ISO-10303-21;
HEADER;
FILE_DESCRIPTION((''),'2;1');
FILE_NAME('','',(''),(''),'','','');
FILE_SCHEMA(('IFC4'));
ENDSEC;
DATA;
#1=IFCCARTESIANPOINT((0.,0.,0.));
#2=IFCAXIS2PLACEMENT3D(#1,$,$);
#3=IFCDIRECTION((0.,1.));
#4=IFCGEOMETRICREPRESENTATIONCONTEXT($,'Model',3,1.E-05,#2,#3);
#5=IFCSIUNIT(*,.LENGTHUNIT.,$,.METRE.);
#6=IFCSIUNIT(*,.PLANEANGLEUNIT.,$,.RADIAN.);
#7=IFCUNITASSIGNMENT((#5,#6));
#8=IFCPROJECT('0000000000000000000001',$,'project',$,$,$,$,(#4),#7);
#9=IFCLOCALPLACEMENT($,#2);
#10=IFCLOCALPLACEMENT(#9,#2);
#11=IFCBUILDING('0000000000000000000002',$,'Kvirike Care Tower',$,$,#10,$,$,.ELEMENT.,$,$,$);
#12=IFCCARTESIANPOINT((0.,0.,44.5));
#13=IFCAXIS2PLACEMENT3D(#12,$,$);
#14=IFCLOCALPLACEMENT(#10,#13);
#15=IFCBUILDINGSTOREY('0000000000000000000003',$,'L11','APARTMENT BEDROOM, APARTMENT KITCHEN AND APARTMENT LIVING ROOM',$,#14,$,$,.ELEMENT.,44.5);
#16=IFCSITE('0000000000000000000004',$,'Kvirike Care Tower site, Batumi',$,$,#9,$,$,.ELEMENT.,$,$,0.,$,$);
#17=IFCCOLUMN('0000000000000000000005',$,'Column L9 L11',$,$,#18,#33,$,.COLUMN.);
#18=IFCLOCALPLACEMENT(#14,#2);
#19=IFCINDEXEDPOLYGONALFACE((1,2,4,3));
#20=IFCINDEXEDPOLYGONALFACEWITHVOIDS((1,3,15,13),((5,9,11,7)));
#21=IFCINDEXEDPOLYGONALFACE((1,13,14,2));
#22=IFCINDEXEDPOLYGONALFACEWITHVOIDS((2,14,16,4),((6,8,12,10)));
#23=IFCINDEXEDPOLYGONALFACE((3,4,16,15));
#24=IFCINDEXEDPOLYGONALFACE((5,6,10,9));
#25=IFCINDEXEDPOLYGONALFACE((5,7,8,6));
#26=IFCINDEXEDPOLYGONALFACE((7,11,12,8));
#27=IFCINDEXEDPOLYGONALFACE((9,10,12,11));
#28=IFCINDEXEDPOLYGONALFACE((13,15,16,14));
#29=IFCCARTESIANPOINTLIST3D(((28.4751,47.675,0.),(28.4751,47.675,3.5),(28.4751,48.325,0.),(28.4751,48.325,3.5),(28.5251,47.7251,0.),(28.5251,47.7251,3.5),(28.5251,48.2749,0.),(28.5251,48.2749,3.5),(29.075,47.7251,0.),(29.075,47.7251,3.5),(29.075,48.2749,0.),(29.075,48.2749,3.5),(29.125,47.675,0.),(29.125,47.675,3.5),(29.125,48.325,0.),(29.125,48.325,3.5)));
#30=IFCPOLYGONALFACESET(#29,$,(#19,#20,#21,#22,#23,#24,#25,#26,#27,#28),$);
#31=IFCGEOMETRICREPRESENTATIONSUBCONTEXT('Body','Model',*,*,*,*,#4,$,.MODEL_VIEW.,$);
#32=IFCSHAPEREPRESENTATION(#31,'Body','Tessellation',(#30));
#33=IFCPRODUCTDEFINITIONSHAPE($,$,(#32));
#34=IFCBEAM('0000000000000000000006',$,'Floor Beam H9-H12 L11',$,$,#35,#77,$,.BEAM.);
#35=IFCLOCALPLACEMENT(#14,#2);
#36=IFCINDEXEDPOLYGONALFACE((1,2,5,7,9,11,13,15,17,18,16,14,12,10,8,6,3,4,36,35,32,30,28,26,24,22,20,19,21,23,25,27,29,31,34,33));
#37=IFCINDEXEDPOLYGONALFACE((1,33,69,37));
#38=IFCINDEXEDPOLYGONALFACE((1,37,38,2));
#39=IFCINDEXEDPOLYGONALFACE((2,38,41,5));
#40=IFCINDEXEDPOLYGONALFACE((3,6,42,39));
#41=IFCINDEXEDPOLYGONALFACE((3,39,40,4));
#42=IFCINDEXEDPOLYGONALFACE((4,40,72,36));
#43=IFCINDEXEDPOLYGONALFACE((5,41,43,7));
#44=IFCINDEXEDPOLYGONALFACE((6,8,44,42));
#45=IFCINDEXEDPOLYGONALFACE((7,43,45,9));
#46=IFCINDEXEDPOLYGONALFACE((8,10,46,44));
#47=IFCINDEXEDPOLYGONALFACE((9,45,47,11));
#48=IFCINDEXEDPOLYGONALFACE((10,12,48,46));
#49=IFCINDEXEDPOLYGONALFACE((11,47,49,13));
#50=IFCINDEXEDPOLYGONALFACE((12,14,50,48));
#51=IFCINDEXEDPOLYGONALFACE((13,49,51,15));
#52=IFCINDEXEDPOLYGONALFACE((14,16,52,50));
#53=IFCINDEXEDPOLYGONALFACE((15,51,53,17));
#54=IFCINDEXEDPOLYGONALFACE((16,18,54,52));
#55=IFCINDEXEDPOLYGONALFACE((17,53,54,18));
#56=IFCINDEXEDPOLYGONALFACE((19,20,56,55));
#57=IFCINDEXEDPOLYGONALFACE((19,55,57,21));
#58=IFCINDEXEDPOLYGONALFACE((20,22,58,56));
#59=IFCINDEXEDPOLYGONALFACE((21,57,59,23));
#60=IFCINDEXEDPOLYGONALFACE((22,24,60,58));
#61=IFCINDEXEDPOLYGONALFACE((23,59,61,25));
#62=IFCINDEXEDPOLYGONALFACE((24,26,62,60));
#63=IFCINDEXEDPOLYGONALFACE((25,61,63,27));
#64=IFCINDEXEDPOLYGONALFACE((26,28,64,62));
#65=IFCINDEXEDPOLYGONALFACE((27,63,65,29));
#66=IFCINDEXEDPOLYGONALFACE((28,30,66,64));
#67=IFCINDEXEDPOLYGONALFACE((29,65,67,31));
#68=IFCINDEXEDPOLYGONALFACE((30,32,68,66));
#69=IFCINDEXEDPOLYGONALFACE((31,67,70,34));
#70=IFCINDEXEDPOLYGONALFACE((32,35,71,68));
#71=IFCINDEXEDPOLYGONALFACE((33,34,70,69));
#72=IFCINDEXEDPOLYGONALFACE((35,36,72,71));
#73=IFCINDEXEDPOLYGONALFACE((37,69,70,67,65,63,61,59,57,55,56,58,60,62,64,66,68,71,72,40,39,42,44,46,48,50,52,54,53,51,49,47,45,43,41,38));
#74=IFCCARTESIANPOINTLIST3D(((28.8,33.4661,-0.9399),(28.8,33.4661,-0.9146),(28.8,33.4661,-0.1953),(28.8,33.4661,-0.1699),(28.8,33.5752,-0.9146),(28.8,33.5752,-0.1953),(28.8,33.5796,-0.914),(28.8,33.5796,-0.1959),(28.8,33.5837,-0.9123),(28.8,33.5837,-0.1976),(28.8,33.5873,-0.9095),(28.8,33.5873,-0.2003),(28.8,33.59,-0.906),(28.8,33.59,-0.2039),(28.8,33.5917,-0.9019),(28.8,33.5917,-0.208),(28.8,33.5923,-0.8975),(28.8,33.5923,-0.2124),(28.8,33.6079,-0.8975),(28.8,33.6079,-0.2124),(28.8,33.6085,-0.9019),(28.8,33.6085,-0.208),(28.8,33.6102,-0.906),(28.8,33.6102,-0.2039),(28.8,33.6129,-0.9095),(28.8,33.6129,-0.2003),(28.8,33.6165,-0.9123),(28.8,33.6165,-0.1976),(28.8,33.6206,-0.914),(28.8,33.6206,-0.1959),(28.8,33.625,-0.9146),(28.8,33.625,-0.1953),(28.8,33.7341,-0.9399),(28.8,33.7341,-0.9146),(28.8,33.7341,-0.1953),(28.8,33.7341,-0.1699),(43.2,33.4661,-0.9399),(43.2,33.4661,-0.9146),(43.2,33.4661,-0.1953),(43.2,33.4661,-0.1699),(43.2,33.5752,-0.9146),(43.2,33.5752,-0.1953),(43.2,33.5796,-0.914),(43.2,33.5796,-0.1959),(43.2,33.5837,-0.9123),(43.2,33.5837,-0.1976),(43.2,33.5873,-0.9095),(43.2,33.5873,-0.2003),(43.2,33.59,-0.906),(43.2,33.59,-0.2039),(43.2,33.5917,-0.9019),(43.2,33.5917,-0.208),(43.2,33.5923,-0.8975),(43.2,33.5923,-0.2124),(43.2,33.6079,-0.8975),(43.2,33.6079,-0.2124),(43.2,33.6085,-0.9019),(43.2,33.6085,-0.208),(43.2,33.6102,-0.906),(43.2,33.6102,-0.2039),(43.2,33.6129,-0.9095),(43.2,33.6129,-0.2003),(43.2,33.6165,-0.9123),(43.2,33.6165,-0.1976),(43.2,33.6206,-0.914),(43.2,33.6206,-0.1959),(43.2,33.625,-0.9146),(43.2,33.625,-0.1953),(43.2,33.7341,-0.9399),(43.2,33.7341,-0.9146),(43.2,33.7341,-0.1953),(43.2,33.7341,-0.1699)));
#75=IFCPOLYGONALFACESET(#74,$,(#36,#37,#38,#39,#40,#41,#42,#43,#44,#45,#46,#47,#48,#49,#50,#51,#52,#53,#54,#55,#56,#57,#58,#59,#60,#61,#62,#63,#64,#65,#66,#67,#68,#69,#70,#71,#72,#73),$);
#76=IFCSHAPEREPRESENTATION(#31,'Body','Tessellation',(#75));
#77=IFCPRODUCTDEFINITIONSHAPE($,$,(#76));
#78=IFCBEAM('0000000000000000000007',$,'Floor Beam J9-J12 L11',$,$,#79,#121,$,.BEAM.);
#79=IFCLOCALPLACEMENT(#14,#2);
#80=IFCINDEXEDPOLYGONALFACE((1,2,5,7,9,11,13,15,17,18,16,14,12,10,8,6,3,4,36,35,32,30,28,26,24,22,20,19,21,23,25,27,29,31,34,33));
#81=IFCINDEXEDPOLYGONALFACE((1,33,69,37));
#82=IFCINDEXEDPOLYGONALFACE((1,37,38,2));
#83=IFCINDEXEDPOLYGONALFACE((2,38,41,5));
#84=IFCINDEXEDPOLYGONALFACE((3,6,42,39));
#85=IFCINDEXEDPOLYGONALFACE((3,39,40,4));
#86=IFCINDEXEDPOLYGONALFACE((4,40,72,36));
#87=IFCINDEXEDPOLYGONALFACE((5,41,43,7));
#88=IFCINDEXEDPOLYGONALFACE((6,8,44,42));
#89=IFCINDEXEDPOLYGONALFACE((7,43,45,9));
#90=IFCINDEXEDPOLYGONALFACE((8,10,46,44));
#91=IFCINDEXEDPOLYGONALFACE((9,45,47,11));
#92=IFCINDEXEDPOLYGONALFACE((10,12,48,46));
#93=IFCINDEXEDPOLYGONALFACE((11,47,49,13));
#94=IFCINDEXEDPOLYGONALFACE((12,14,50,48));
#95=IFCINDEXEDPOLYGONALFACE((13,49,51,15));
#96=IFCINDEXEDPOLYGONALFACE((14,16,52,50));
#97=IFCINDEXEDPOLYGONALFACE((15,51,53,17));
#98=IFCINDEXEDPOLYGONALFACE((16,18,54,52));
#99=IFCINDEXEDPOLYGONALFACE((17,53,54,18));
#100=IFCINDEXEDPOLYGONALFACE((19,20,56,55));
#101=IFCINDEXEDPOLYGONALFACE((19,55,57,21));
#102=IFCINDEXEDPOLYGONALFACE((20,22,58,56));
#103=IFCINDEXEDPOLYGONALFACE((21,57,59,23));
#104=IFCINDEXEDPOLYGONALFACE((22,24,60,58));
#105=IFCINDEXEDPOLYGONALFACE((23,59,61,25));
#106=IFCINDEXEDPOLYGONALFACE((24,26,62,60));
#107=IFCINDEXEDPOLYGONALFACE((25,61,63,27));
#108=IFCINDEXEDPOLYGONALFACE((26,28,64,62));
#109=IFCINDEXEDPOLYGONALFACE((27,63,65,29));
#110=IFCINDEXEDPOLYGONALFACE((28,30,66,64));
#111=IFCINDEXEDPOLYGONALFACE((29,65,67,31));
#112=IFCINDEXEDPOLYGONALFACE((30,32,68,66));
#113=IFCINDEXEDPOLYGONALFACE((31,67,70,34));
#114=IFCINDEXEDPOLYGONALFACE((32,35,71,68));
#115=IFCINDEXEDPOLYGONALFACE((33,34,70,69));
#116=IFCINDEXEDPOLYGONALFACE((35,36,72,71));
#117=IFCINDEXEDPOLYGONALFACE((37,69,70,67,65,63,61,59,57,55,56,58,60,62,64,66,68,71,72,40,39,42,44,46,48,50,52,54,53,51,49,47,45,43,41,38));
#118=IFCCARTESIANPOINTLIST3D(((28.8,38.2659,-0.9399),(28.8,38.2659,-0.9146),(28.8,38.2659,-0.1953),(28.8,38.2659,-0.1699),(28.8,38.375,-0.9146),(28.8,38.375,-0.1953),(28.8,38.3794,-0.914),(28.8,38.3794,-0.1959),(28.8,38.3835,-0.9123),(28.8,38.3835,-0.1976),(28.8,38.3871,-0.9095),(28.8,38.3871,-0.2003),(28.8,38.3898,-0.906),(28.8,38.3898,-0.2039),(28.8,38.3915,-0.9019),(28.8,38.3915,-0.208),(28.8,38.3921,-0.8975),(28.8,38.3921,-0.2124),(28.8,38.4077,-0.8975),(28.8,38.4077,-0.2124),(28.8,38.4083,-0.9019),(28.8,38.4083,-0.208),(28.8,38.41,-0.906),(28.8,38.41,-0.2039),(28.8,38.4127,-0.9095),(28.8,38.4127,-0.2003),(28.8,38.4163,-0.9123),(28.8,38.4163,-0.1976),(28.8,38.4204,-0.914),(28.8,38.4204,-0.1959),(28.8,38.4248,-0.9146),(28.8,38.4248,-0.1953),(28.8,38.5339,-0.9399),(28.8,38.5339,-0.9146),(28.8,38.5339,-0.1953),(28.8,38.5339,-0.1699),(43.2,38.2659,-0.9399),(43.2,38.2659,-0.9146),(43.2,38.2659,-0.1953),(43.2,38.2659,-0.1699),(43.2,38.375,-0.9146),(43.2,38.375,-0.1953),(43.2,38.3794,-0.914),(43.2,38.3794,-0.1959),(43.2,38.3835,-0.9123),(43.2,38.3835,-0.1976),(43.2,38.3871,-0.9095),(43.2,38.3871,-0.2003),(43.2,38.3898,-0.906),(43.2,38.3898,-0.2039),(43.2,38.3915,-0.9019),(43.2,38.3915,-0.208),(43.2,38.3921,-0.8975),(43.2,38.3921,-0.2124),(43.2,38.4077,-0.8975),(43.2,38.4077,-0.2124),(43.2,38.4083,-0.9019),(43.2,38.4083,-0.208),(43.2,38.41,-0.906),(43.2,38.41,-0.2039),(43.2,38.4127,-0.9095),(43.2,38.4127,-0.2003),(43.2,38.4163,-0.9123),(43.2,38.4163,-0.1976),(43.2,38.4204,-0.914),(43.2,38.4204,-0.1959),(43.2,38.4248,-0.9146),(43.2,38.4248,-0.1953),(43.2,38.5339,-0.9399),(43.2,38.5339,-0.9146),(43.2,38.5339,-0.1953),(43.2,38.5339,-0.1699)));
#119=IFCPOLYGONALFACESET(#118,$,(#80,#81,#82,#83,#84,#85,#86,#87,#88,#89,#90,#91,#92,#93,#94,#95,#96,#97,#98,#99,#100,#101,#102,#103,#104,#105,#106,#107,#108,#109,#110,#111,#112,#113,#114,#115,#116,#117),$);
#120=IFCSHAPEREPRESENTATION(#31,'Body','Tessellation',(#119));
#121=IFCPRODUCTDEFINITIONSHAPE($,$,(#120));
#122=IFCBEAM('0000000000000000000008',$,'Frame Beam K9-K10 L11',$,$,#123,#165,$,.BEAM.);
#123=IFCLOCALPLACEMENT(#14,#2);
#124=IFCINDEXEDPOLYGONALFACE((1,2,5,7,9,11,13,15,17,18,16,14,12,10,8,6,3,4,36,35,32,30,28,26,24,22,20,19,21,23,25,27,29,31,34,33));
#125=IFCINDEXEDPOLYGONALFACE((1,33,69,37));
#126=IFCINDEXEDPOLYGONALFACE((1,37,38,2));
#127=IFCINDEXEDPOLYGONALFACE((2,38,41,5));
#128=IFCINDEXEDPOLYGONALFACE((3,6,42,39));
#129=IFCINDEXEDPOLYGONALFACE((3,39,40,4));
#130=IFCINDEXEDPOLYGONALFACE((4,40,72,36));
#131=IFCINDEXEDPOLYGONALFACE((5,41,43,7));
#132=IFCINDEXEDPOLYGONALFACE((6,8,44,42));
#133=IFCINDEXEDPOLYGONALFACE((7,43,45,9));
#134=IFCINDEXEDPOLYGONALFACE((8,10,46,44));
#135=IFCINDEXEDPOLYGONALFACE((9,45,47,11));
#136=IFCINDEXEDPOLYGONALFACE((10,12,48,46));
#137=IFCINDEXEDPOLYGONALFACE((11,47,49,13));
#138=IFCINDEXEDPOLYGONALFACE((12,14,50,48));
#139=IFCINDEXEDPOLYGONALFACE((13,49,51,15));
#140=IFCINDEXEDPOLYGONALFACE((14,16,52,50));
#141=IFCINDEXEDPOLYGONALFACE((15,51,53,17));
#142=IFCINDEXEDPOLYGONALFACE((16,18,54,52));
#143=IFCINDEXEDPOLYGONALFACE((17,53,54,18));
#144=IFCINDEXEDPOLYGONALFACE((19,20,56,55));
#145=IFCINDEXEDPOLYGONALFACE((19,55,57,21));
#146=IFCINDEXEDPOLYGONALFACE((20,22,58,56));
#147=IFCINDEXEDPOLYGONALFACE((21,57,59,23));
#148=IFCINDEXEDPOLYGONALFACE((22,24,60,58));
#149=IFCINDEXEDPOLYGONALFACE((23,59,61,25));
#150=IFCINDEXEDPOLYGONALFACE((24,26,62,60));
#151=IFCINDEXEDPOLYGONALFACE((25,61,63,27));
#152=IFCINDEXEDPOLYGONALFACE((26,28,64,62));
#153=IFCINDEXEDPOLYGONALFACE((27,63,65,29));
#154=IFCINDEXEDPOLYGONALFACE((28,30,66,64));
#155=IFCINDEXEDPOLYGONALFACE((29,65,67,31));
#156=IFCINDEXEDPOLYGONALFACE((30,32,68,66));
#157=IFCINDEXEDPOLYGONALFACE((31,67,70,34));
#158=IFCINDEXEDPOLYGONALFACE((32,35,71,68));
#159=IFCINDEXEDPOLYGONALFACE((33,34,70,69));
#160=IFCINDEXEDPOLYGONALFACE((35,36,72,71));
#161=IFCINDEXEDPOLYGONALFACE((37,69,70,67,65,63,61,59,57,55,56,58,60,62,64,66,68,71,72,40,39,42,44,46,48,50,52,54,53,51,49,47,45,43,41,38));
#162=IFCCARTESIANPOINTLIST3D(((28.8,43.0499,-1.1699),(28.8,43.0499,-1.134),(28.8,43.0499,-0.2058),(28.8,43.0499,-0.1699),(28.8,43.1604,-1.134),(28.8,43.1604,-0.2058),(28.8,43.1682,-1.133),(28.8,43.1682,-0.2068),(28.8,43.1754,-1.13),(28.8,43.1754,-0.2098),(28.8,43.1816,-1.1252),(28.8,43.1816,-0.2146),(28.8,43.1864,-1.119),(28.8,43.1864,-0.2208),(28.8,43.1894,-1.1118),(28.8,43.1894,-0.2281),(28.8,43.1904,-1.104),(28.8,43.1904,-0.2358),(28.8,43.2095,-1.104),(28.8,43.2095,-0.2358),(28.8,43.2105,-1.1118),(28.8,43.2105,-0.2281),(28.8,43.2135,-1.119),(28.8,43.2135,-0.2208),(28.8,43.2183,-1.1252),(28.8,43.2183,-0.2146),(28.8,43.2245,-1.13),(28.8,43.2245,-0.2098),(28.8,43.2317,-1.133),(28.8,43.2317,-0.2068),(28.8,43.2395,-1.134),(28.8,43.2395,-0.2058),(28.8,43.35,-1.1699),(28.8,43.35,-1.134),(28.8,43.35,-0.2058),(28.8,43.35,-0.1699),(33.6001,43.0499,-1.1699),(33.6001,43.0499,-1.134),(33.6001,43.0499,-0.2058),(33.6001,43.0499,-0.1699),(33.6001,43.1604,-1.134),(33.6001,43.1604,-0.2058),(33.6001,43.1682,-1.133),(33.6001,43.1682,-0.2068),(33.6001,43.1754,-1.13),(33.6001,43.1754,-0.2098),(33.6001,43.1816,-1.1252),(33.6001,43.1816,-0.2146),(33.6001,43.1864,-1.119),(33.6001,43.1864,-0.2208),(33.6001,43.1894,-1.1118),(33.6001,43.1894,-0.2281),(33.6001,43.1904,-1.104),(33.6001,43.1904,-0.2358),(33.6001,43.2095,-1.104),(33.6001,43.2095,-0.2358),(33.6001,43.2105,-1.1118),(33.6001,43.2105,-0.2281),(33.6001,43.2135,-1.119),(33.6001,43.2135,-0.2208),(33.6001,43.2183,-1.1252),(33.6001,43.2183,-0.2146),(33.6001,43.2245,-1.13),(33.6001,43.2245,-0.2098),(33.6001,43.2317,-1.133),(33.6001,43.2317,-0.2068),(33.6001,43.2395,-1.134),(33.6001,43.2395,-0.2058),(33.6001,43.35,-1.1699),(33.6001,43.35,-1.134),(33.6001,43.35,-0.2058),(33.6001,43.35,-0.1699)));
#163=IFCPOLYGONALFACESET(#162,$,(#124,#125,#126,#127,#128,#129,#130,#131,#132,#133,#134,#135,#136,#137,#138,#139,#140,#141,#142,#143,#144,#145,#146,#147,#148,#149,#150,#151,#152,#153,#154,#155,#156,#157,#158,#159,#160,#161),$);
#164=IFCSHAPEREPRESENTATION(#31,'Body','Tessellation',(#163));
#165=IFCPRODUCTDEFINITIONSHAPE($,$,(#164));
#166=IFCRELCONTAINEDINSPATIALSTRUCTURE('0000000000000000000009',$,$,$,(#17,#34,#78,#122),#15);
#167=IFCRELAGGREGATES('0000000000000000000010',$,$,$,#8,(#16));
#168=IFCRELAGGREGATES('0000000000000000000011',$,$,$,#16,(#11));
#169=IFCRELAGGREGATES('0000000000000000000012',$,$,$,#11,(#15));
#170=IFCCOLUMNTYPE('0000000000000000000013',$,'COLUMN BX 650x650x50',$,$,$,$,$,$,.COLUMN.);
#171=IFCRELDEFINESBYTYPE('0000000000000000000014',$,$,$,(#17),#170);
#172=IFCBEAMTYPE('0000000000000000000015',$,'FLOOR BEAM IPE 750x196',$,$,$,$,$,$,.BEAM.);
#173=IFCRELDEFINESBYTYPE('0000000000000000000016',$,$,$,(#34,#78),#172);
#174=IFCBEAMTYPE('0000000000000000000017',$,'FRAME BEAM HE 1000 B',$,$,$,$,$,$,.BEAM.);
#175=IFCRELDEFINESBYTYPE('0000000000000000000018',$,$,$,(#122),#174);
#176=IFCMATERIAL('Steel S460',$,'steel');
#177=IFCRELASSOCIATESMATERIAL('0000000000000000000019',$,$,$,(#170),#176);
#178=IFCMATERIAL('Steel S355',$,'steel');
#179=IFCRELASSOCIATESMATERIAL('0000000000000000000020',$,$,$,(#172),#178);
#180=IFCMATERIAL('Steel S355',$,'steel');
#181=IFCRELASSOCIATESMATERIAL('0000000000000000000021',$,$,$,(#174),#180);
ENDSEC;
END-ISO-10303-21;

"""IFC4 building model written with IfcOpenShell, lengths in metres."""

from ifc_helpers import new_model, si_unit, direction, frame, origin, origin_2d, place, context, subcontext, project, spatial, hollow_rectangle, i_section, extrude, material, material_profile, profile_set, type_object, element, save


model = new_model("IFC4")

# Units and contexts
model_context = context("Model", 3, precision=1e-05, world=origin(), true_north=direction((0.0, 1.0)))
body_context = subcontext(model_context, "Body", "Model", "MODEL_VIEW")
ifc_project = project(units=[si_unit("LENGTHUNIT", "METRE"), si_unit("PLANEANGLEUNIT", "RADIAN")], contexts=[model_context])

# Site, building, storey
site_placement = place(None, origin())
site = spatial("IfcSite", under=ifc_project, at=site_placement, Name="Kvirike Care Tower site, Batumi", CompositionType="ELEMENT", RefElevation=0.0)
building_placement = place(site_placement, origin())
building = spatial("IfcBuilding", under=site, at=building_placement, Name="Kvirike Care Tower", CompositionType="ELEMENT")
storey_placement = place(building_placement, frame((0.0, 0.0, 44.5)))
storey = spatial("IfcBuildingStorey", under=building, at=storey_placement, Name="L11", Description="APARTMENT BEDROOM, APARTMENT KITCHEN AND APARTMENT LIVING ROOM", CompositionType="ELEMENT", Elevation=44.5)

# Column
ifc_material_1 = material(Name="Steel S460", Category="steel")
ifc_material_profile_1 = material_profile(ifc_material_1, hollow_rectangle(XDim=0.6499, YDim=0.6499, WallThickness=0.05, at=origin_2d()), Name="BX 650x650x50")
ifc_profile_set_1 = profile_set([ifc_material_profile_1], Name="Steel S460")
column_type = type_object("IfcColumnType", Name="COLUMN BX 650x650x50", PredefinedType="COLUMN", material=ifc_profile_set_1)
column_placement = place(storey_placement, frame((28.8, 48.0, 0.0), z_axis=(0.0, 0.0, 1.0), x_axis=(1.0, 0.0, 0.0)))
element("IfcColumn", 1, at=column_placement, inside=storey, type_object=column_type, Name="Column L9 L11", PredefinedType="COLUMN", context=body_context, shape_type="SweptSolid", body=[
    extrude(hollow_rectangle(XDim=0.6499, YDim=0.6499, WallThickness=0.05, at=origin_2d()), origin(), (0.0, 0.0, 1.0), 3.5),
])

# Beams
ifc_material_2 = material(Name="Steel S355", Category="steel")
ifc_material_profile_2 = material_profile(ifc_material_2, i_section(OverallWidth=0.2681, OverallDepth=0.77, WebThickness=0.0156, FlangeThickness=0.0254, FilletRadius=0.0171, at=origin_2d()), Name="IPE 750x196")
ifc_profile_set_2 = profile_set([ifc_material_profile_2], Name="Steel S355")
beam_type_1 = type_object("IfcBeamType", Name="FLOOR BEAM IPE 750x196", PredefinedType="BEAM", material=ifc_profile_set_2)
for number, where, z_axis, x_axis, name in (
    (2, (28.8, 33.6001, -0.5549), (1.0, 0.0, 0.0), (0.0, 1.0, 0.0), "Floor Beam H9-H12 L11"),
    (3, (28.8, 38.3999, -0.5549), (1.0, 0.0, 0.0), (0.0, 1.0, 0.0), "Floor Beam J9-J12 L11"),
):
    element("IfcBeam", number, at=place(storey_placement, frame(where, z_axis=z_axis, x_axis=x_axis)), inside=storey, type_object=beam_type_1, Name=name, PredefinedType="BEAM", context=body_context, shape_type="SweptSolid", body=[
        extrude(i_section(OverallWidth=0.2681, OverallDepth=0.77, WebThickness=0.0156, FlangeThickness=0.0254, FilletRadius=0.0171, at=origin_2d()), origin(), (0.0, 0.0, 1.0), 14.3999),
    ])
ifc_material_3 = material(Name="Steel S355", Category="steel")
ifc_material_profile_3 = material_profile(ifc_material_3, i_section(OverallWidth=0.3, OverallDepth=1.0, WebThickness=0.019, FlangeThickness=0.0359, FilletRadius=0.03, at=origin_2d()), Name="HE 1000 B")
ifc_profile_set_3 = profile_set([ifc_material_profile_3], Name="Steel S355")
beam_type_2 = type_object("IfcBeamType", Name="FRAME BEAM HE 1000 B", PredefinedType="BEAM", material=ifc_profile_set_3)
for number, where, z_axis, x_axis, name in (
    (4, (28.8, 43.2, -0.6699), (1.0, 0.0, 0.0), (0.0, 1.0, 0.0), "Frame Beam K9-K10 L11"),
):
    element("IfcBeam", number, at=place(storey_placement, frame(where, z_axis=z_axis, x_axis=x_axis)), inside=storey, type_object=beam_type_2, Name=name, PredefinedType="BEAM", context=body_context, shape_type="SweptSolid", body=[
        extrude(i_section(OverallWidth=0.3, OverallDepth=1.0, WebThickness=0.019, FlangeThickness=0.0359, FilletRadius=0.03, at=origin_2d()), origin(), (0.0, 0.0, 1.0), 4.8),
    ])

save(model, "model.ifc")
